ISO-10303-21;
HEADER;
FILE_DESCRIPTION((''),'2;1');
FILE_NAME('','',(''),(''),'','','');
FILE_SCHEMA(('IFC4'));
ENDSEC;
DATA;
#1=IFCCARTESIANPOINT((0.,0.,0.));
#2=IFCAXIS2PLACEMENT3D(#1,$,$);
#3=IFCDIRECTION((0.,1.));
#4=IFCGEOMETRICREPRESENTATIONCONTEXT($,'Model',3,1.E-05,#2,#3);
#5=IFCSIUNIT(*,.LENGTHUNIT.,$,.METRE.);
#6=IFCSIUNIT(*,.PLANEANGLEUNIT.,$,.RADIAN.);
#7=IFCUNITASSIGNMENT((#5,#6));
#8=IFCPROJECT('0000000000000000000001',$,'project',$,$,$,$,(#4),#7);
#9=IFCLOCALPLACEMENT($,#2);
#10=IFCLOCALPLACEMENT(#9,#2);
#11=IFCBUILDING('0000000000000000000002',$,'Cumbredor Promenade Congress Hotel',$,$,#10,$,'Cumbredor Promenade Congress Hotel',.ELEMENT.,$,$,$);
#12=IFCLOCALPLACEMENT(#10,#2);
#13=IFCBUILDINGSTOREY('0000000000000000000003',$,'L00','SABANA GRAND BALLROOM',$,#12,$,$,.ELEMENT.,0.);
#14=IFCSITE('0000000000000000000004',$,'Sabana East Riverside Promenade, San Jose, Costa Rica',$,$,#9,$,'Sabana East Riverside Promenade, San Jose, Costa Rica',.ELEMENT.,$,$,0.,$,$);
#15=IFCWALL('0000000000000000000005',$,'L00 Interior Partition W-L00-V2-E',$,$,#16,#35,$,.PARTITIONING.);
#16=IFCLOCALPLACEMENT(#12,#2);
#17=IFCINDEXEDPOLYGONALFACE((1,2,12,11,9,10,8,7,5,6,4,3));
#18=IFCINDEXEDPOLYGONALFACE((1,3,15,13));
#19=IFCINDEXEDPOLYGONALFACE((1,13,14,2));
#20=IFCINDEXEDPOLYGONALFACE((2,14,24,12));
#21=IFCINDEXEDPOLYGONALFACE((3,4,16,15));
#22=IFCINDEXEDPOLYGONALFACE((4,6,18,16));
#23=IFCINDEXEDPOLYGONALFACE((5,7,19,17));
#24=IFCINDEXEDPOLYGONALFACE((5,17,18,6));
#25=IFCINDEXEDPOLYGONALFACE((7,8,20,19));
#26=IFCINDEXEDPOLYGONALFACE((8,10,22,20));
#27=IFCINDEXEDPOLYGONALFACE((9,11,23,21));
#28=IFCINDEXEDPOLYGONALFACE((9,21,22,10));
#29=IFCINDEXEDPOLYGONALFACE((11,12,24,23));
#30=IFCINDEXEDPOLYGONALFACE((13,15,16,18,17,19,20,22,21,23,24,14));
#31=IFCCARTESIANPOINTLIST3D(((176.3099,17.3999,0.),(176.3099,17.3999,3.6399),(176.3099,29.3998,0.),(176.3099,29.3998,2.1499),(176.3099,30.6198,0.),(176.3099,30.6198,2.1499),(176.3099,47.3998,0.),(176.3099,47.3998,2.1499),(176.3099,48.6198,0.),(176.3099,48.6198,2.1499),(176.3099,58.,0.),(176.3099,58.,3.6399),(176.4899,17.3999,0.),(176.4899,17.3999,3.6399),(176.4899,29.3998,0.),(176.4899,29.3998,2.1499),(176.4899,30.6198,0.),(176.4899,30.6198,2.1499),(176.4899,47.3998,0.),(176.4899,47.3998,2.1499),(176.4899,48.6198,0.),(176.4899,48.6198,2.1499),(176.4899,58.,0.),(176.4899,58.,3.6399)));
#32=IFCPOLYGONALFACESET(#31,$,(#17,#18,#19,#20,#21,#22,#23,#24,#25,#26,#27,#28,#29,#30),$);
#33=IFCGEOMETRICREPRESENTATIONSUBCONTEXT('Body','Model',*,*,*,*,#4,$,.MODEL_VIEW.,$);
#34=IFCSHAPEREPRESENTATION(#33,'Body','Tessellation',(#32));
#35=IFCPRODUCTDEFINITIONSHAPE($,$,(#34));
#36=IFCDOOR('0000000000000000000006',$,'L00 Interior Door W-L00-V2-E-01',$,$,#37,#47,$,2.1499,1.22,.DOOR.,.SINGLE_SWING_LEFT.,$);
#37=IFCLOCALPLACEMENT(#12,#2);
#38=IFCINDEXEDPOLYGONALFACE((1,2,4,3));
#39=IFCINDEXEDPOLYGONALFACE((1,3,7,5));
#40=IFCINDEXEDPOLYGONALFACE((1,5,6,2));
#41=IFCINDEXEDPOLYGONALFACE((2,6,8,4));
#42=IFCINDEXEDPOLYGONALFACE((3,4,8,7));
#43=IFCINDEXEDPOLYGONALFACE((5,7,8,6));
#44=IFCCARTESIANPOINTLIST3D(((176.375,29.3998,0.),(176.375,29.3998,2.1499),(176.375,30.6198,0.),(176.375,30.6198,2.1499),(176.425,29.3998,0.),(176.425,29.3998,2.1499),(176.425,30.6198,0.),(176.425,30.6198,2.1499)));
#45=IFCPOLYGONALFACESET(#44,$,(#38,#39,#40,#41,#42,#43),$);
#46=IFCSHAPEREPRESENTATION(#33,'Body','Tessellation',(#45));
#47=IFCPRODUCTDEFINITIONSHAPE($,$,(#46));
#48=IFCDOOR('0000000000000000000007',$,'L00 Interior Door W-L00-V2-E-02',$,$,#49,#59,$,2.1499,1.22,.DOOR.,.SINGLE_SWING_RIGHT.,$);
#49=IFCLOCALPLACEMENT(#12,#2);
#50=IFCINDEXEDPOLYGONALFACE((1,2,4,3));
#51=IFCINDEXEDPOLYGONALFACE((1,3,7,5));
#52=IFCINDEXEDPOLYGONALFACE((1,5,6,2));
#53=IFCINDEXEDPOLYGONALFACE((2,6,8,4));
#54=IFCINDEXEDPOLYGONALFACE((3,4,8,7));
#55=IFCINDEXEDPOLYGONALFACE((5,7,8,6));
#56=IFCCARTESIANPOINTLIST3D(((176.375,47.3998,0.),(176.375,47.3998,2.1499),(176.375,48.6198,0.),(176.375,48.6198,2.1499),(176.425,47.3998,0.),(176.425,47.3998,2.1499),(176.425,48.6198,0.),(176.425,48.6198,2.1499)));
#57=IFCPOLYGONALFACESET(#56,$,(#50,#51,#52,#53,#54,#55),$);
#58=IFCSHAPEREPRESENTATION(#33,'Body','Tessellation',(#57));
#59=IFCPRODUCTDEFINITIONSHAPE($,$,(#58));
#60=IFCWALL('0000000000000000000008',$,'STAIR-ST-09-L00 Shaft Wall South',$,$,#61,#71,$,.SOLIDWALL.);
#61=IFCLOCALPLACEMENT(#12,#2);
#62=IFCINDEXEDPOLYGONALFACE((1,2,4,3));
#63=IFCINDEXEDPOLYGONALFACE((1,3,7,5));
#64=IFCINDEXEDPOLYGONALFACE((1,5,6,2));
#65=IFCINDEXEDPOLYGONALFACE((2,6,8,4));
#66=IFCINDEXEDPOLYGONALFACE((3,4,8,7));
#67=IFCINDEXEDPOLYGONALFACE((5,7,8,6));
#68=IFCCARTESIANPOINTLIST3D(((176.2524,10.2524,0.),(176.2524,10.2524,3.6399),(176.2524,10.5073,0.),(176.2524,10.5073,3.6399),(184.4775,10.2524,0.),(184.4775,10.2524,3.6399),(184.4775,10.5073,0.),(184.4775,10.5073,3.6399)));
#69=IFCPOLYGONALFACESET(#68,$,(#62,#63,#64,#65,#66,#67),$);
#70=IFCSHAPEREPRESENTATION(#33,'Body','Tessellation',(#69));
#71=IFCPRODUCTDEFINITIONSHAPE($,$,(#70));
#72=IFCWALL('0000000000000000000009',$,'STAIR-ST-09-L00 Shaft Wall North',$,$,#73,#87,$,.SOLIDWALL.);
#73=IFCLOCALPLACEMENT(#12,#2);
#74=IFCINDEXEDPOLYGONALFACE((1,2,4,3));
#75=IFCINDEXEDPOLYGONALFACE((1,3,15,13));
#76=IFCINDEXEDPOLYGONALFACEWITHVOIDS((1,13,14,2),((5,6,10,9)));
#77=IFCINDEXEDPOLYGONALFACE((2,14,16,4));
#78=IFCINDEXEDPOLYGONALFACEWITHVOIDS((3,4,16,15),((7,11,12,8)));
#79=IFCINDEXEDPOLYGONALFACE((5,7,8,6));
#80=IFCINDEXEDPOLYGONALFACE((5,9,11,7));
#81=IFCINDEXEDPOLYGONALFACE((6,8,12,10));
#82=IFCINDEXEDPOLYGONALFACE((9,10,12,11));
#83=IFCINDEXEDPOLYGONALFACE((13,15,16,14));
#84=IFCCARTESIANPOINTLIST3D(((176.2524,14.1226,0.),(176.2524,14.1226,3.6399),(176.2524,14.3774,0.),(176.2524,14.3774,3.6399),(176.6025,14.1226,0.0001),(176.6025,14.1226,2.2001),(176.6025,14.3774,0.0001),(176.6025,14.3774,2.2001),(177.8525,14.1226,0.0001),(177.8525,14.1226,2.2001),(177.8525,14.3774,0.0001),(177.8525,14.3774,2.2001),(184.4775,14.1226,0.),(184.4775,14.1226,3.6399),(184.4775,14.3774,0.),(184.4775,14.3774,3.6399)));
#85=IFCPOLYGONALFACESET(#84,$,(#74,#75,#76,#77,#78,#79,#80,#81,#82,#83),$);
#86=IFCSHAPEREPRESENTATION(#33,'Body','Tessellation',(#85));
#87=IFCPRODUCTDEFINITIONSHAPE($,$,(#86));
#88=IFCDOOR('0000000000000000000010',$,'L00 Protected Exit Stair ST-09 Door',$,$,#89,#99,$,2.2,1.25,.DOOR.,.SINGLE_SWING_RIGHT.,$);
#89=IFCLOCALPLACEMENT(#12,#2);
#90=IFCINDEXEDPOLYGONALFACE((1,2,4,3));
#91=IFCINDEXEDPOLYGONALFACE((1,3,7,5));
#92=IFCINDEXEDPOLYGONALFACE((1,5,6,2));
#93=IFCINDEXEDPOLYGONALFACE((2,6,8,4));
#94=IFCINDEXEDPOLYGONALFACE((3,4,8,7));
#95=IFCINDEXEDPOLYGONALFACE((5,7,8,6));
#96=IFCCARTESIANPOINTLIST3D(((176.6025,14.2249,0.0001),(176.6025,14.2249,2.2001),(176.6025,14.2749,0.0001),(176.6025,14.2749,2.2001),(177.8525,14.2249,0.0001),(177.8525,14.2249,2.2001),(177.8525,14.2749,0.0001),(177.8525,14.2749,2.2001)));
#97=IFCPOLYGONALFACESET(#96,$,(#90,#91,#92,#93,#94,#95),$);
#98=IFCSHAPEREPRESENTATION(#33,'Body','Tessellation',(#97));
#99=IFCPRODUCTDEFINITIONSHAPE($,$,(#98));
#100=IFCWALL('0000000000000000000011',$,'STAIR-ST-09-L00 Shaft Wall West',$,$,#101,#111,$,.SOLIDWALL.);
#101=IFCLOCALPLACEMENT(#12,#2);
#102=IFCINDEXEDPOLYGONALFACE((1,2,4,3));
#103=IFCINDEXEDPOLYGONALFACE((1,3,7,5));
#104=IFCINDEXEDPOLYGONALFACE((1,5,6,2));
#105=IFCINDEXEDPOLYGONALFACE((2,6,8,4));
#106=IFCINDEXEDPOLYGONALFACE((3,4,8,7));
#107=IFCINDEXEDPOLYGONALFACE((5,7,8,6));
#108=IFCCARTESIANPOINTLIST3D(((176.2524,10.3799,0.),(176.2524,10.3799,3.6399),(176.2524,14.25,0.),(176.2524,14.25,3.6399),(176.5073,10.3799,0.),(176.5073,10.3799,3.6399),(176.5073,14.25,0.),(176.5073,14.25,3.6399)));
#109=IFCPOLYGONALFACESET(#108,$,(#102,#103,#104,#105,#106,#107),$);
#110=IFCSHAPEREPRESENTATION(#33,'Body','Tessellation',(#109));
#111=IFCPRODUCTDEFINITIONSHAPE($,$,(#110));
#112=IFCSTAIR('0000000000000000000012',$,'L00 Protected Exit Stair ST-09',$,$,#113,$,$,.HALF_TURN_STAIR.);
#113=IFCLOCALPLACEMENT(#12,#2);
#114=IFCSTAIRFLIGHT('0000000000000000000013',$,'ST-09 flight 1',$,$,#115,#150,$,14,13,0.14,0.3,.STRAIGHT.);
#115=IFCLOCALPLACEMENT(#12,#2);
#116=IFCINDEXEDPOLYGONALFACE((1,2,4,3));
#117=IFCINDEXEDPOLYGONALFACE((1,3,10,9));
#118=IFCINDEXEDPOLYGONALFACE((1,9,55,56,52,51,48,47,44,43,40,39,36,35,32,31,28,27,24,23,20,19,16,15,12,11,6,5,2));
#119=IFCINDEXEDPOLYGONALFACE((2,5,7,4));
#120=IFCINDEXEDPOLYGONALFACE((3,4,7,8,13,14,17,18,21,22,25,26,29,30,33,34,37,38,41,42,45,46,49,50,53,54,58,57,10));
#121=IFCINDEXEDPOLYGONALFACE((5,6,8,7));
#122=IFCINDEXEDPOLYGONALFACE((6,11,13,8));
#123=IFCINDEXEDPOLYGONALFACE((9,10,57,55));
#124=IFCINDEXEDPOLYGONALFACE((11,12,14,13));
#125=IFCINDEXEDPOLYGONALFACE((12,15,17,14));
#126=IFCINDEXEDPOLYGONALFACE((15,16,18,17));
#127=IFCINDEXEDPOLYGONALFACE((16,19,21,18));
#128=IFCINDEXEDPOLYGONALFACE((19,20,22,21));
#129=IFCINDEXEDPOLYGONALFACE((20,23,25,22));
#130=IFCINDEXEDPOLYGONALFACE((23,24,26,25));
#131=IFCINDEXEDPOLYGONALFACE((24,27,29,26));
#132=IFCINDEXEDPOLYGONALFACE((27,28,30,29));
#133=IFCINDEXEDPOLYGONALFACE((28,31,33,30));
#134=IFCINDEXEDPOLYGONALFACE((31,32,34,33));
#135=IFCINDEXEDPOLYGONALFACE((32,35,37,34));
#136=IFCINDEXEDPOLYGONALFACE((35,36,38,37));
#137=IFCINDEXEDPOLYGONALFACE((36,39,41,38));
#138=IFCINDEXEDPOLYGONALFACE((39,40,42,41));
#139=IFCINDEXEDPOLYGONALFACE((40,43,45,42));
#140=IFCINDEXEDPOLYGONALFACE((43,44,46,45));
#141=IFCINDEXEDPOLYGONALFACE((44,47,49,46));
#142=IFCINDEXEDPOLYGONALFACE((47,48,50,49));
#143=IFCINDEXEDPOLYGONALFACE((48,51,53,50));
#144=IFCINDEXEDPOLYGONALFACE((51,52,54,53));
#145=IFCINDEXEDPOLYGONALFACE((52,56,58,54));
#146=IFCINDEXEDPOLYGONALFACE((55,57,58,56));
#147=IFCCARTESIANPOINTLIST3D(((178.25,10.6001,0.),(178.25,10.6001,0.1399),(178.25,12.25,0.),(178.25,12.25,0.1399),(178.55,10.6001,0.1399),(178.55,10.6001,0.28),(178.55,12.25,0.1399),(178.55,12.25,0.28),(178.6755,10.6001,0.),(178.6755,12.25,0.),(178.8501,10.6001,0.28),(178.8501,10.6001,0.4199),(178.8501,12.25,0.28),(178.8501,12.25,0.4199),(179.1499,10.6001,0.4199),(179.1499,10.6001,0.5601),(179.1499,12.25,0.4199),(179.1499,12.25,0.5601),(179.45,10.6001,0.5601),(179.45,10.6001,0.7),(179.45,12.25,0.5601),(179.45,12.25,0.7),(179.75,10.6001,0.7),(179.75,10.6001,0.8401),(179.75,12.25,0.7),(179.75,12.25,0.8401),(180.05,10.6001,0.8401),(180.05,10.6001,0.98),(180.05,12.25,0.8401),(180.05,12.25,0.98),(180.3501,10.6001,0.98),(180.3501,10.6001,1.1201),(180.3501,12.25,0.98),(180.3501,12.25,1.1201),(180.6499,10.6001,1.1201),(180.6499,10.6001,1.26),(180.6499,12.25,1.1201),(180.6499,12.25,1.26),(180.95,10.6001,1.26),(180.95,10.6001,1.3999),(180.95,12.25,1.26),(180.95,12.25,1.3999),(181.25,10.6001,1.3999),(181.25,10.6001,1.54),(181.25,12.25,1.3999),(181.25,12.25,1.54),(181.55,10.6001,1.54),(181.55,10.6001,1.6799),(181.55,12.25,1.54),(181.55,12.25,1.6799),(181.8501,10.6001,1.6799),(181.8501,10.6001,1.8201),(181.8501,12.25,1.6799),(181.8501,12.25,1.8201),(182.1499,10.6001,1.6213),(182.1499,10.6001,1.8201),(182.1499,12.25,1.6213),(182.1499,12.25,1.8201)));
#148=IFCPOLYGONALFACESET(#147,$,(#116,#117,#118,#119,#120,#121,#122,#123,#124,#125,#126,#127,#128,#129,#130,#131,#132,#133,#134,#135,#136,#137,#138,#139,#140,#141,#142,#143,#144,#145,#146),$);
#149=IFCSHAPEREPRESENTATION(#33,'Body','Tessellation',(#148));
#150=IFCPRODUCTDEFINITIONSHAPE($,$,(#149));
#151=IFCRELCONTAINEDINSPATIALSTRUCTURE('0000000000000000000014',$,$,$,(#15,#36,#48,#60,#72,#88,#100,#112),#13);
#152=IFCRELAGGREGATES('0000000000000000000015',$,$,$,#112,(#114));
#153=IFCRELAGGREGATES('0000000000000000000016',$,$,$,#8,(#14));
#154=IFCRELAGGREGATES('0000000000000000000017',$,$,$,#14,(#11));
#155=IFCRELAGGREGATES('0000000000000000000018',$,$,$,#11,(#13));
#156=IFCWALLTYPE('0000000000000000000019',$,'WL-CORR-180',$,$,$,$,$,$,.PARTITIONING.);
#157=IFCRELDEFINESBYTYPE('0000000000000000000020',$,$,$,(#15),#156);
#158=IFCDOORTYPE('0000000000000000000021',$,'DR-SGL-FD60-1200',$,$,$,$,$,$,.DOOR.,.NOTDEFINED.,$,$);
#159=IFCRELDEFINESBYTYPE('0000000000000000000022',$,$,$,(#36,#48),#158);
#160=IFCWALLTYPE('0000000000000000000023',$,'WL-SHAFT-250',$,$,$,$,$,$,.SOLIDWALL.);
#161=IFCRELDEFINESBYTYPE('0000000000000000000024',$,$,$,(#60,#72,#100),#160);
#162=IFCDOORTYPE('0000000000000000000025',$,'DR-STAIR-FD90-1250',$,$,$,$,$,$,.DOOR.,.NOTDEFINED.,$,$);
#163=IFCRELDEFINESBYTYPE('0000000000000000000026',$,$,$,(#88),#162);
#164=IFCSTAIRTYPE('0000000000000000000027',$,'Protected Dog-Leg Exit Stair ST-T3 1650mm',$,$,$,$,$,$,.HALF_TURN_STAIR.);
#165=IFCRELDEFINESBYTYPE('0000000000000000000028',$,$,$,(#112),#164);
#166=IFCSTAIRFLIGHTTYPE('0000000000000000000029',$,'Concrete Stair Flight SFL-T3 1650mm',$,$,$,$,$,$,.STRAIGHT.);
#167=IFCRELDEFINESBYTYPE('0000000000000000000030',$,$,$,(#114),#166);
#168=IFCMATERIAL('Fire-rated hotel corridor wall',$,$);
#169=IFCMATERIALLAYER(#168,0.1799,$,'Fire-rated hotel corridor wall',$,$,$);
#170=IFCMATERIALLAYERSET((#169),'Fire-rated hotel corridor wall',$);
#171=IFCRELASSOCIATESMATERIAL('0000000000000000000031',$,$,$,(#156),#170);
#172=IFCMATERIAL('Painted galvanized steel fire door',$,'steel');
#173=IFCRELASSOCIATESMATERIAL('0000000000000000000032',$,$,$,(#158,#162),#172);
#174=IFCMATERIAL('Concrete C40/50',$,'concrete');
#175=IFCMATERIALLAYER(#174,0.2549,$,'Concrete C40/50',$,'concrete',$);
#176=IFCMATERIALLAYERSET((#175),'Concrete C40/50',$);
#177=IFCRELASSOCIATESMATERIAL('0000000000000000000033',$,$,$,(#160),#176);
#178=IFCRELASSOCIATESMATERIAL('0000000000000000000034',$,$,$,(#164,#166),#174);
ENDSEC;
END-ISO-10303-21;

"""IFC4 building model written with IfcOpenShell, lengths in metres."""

from ifc_helpers import new_model, si_unit, direction, frame, frame_2d, origin, place, context, subcontext, project, spatial, polyline, rectangle, outline, extrude, material, layer, layer_set, type_object, element, fill, aggregate, save


model = new_model("IFC4")

# Units and contexts
model_context = context("Model", 3, precision=1e-05, world=origin(), true_north=direction((0.0, 1.0)))
body_context = subcontext(model_context, "Body", "Model", "MODEL_VIEW")
ifc_project = project(units=[si_unit("LENGTHUNIT", "METRE"), si_unit("PLANEANGLEUNIT", "RADIAN")], contexts=[model_context])

# Site, building, storey
site_placement = place(None, origin())
site = spatial("IfcSite", under=ifc_project, at=site_placement, Name="Sabana East Riverside Promenade, San Jose, Costa Rica", LongName="Sabana East Riverside Promenade, San Jose, Costa Rica", CompositionType="ELEMENT", RefElevation=0.0)
building_placement = place(site_placement, origin())
building = spatial("IfcBuilding", under=site, at=building_placement, Name="Cumbredor Promenade Congress Hotel", LongName="Cumbredor Promenade Congress Hotel", CompositionType="ELEMENT")
storey_placement = place(building_placement, origin())
storey = spatial("IfcBuildingStorey", under=building, at=storey_placement, Name="L00", Description="SABANA GRAND BALLROOM", CompositionType="ELEMENT", Elevation=0.0)

# Shared definitions
ifc_material_1 = material(Name="Concrete C40/50", Category="concrete")

# Wall, openings, doors
ifc_material_2 = material(Name="Fire-rated hotel corridor wall")
ifc_layer_1 = layer(ifc_material_2, 0.1799, Name="Fire-rated hotel corridor wall")
ifc_layer_set_1 = layer_set([ifc_layer_1], Name="Fire-rated hotel corridor wall")
wall_type_1 = type_object("IfcWallType", Name="WL-CORR-180", PredefinedType="PARTITIONING", material=ifc_layer_set_1)
wall_1_placement = place(storey_placement, frame((176.3999, 17.3999, 0.0), z_axis=(0.0, 0.0, 1.0), x_axis=(0.0, 1.0, 0.0)))
wall_1 = element("IfcWall", 1, at=wall_1_placement, inside=storey, type_object=wall_type_1, Name="L00 Interior Partition W-L00-V2-E", PredefinedType="PARTITIONING", context=body_context, shape_type="SweptSolid", body=[
    extrude(rectangle(XDim=40.6001, YDim=0.1799, at=frame_2d((20.3, 0.0))), origin(), (0.0, 0.0, 1.0), 3.6399),
])
opening_1_placement = place(wall_1_placement, frame((12.0, 0.0, 0.0)))
opening_1 = element("IfcOpeningElement", 2, at=opening_1_placement, cuts=wall_1, PredefinedType="OPENING", context=body_context, shape_type="SweptSolid", body=[
    extrude(rectangle(XDim=1.22, YDim=2.1499, at=frame_2d((0.6099, 1.075))), frame((0.0, 0.1001, 0.0), z_axis=(0.0, -1.0, 0.0), x_axis=(1.0, 0.0, 0.0)), (0.0, 0.0, 1.0), 0.2),
])
opening_2_placement = place(wall_1_placement, frame((30.0, 0.0, 0.0)))
opening_2 = element("IfcOpeningElement", 3, at=opening_2_placement, cuts=wall_1, PredefinedType="OPENING", context=body_context, shape_type="SweptSolid", body=[
    extrude(rectangle(XDim=1.22, YDim=2.1499, at=frame_2d((0.6099, 1.075))), frame((0.0, 0.1001, 0.0), z_axis=(0.0, -1.0, 0.0), x_axis=(1.0, 0.0, 0.0)), (0.0, 0.0, 1.0), 0.2),
])
ifc_material_3 = material(Name="Painted galvanized steel fire door", Category="steel")
door_type_1 = type_object("IfcDoorType", Name="DR-SGL-FD60-1200", OperationType="NOTDEFINED", PredefinedType="DOOR", material=ifc_material_3)
door_1_placement = place(opening_1_placement, origin())
door_1 = element("IfcDoor", 4, at=door_1_placement, inside=storey, type_object=door_type_1, Name="L00 Interior Door W-L00-V2-E-01", OperationType="SINGLE_SWING_LEFT", OverallHeight=2.1499, OverallWidth=1.22, PredefinedType="DOOR", context=body_context, shape_type="SweptSolid", body=[
    extrude(rectangle(XDim=1.22, YDim=2.1499, at=frame_2d((0.6099, 1.075))), frame((0.0, 0.0249, 0.0), z_axis=(0.0, -1.0, 0.0), x_axis=(1.0, 0.0, 0.0)), (0.0, 0.0, 1.0), 0.05),
])
fill(opening_1, door_1)
door_2_placement = place(opening_2_placement, origin())
door_2 = element("IfcDoor", 5, at=door_2_placement, inside=storey, type_object=door_type_1, Name="L00 Interior Door W-L00-V2-E-02", OperationType="SINGLE_SWING_RIGHT", OverallHeight=2.1499, OverallWidth=1.22, PredefinedType="DOOR", context=body_context, shape_type="SweptSolid", body=[
    extrude(rectangle(XDim=1.22, YDim=2.1499, at=frame_2d((0.6099, 1.075))), frame((0.0, 0.0249, 0.0), z_axis=(0.0, -1.0, 0.0), x_axis=(1.0, 0.0, 0.0)), (0.0, 0.0, 1.0), 0.05),
])
fill(opening_2, door_2)

# Wall
ifc_layer_2 = layer(ifc_material_1, 0.2549, Name="Concrete C40/50", Category="concrete")
ifc_layer_set_2 = layer_set([ifc_layer_2], Name="Concrete C40/50")
wall_type_2 = type_object("IfcWallType", Name="WL-SHAFT-250", PredefinedType="SOLIDWALL", material=ifc_layer_set_2)
wall_2_placement = place(storey_placement, frame((176.2524, 10.3799, 0.0), z_axis=(0.0, 0.0, 1.0), x_axis=(1.0, 0.0, 0.0)))
element("IfcWall", 6, at=wall_2_placement, inside=storey, type_object=wall_type_2, Name="STAIR-ST-09-L00 Shaft Wall South", PredefinedType="SOLIDWALL", context=body_context, shape_type="SweptSolid", body=[
    extrude(rectangle(XDim=8.2251, YDim=0.2549, at=frame_2d((4.1125, 0.0))), origin(), (0.0, 0.0, 1.0), 3.6399),
])

# Wall, opening, door
wall_3_placement = place(storey_placement, frame((176.2524, 14.25, 0.0), z_axis=(0.0, 0.0, 1.0), x_axis=(1.0, 0.0, 0.0)))
wall_3 = element("IfcWall", 7, at=wall_3_placement, inside=storey, type_object=wall_type_2, Name="STAIR-ST-09-L00 Shaft Wall North", PredefinedType="SOLIDWALL", context=body_context, shape_type="SweptSolid", body=[
    extrude(rectangle(XDim=8.2251, YDim=0.2549, at=frame_2d((4.1125, 0.0))), origin(), (0.0, 0.0, 1.0), 3.6399),
])
opening_3_placement = place(wall_3_placement, frame((0.3501, 0.0, 0.0)))
opening_3 = element("IfcOpeningElement", 8, at=opening_3_placement, cuts=wall_3, PredefinedType="OPENING", context=body_context, shape_type="SweptSolid", body=[
    extrude(rectangle(XDim=1.25, YDim=2.2, at=frame_2d((0.625, 1.1001))), frame((0.0, 0.1375, 0.0), z_axis=(0.0, -1.0, 0.0), x_axis=(1.0, 0.0, 0.0)), (0.0, 0.0, 1.0), 0.2749),
])
door_type_2 = type_object("IfcDoorType", Name="DR-STAIR-FD90-1250", OperationType="NOTDEFINED", PredefinedType="DOOR", material=ifc_material_3)
door_3_placement = place(opening_3_placement, origin())
door_3 = element("IfcDoor", 9, at=door_3_placement, inside=storey, type_object=door_type_2, Name="L00 Protected Exit Stair ST-09 Door", OperationType="SINGLE_SWING_RIGHT", OverallHeight=2.2, OverallWidth=1.25, PredefinedType="DOOR", context=body_context, shape_type="SweptSolid", body=[
    extrude(rectangle(XDim=1.25, YDim=2.2, at=frame_2d((0.625, 1.1001))), frame((0.0, 0.0249, 0.0), z_axis=(0.0, -1.0, 0.0), x_axis=(1.0, 0.0, 0.0)), (0.0, 0.0, 1.0), 0.05),
])
fill(opening_3, door_3)

# Wall
wall_4_placement = place(storey_placement, frame((176.3799, 10.3799, 0.0), z_axis=(0.0, 0.0, 1.0), x_axis=(0.0, 1.0, 0.0)))
element("IfcWall", 10, at=wall_4_placement, inside=storey, type_object=wall_type_2, Name="STAIR-ST-09-L00 Shaft Wall West", PredefinedType="SOLIDWALL", context=body_context, shape_type="SweptSolid", body=[
    extrude(rectangle(XDim=3.8701, YDim=0.2549, at=frame_2d((1.9351, 0.0))), origin(), (0.0, 0.0, 1.0), 3.6399),
])

# Stair, stair flight
stair_type = type_object("IfcStairType", Name="Protected Dog-Leg Exit Stair ST-T3 1650mm", PredefinedType="HALF_TURN_STAIR", material=ifc_material_1)
stair_placement = place(storey_placement, origin())
stair = element("IfcStair", 11, at=stair_placement, inside=storey, type_object=stair_type, Name="L00 Protected Exit Stair ST-09", PredefinedType="HALF_TURN_STAIR")
stair_flight_type = type_object("IfcStairFlightType", Name="Concrete Stair Flight SFL-T3 1650mm", PredefinedType="STRAIGHT", material=ifc_material_1)
stair_flight_1_placement = place(storey_placement, frame((178.25, 11.425, 0.0), z_axis=(0.0, 0.0, 1.0), x_axis=(1.0, 0.0, 0.0)))
stair_flight_1 = element("IfcStairFlight", 12, at=stair_flight_1_placement, type_object=stair_flight_type, Name="ST-09 flight 1", NumberOfRisers=14, NumberOfTreads=13, PredefinedType="STRAIGHT", RiserHeight=0.14, TreadLength=0.3, context=body_context, shape_type="SweptSolid", body=[
    extrude(outline(polyline([(0.0, 0.0), (0.0, 0.1399), (0.3, 0.1399), (0.3, 0.28), (0.6001, 0.28), (0.6001, 0.4199), (0.8999, 0.4199), (0.8999, 0.5601), (1.2, 0.5601), (1.2, 0.7), (1.5, 0.7), (1.5, 0.8401), (1.8, 0.8401), (1.8, 0.98), (2.1001, 0.98), (2.1001, 1.1201), (2.3999, 1.1201), (2.3999, 1.26), (2.7, 1.26), (2.7, 1.3999), (3.0, 1.3999), (3.0, 1.54), (3.3, 1.54), (3.3, 1.6799), (3.6001, 1.6799), (3.6001, 1.8201), (3.8999, 1.8201), (3.8999, 1.96), (3.8999, 1.6213), (0.4255, 0.0), (0.0, 0.0)])), frame((0.0, 0.825, 0.0), z_axis=(0.0, -1.0, 0.0), x_axis=(1.0, 0.0, 0.0)), (0.0, 0.0, 1.0), 1.6499),
])
aggregate(stair, [stair_flight_1])

save(model, "model.ifc")
